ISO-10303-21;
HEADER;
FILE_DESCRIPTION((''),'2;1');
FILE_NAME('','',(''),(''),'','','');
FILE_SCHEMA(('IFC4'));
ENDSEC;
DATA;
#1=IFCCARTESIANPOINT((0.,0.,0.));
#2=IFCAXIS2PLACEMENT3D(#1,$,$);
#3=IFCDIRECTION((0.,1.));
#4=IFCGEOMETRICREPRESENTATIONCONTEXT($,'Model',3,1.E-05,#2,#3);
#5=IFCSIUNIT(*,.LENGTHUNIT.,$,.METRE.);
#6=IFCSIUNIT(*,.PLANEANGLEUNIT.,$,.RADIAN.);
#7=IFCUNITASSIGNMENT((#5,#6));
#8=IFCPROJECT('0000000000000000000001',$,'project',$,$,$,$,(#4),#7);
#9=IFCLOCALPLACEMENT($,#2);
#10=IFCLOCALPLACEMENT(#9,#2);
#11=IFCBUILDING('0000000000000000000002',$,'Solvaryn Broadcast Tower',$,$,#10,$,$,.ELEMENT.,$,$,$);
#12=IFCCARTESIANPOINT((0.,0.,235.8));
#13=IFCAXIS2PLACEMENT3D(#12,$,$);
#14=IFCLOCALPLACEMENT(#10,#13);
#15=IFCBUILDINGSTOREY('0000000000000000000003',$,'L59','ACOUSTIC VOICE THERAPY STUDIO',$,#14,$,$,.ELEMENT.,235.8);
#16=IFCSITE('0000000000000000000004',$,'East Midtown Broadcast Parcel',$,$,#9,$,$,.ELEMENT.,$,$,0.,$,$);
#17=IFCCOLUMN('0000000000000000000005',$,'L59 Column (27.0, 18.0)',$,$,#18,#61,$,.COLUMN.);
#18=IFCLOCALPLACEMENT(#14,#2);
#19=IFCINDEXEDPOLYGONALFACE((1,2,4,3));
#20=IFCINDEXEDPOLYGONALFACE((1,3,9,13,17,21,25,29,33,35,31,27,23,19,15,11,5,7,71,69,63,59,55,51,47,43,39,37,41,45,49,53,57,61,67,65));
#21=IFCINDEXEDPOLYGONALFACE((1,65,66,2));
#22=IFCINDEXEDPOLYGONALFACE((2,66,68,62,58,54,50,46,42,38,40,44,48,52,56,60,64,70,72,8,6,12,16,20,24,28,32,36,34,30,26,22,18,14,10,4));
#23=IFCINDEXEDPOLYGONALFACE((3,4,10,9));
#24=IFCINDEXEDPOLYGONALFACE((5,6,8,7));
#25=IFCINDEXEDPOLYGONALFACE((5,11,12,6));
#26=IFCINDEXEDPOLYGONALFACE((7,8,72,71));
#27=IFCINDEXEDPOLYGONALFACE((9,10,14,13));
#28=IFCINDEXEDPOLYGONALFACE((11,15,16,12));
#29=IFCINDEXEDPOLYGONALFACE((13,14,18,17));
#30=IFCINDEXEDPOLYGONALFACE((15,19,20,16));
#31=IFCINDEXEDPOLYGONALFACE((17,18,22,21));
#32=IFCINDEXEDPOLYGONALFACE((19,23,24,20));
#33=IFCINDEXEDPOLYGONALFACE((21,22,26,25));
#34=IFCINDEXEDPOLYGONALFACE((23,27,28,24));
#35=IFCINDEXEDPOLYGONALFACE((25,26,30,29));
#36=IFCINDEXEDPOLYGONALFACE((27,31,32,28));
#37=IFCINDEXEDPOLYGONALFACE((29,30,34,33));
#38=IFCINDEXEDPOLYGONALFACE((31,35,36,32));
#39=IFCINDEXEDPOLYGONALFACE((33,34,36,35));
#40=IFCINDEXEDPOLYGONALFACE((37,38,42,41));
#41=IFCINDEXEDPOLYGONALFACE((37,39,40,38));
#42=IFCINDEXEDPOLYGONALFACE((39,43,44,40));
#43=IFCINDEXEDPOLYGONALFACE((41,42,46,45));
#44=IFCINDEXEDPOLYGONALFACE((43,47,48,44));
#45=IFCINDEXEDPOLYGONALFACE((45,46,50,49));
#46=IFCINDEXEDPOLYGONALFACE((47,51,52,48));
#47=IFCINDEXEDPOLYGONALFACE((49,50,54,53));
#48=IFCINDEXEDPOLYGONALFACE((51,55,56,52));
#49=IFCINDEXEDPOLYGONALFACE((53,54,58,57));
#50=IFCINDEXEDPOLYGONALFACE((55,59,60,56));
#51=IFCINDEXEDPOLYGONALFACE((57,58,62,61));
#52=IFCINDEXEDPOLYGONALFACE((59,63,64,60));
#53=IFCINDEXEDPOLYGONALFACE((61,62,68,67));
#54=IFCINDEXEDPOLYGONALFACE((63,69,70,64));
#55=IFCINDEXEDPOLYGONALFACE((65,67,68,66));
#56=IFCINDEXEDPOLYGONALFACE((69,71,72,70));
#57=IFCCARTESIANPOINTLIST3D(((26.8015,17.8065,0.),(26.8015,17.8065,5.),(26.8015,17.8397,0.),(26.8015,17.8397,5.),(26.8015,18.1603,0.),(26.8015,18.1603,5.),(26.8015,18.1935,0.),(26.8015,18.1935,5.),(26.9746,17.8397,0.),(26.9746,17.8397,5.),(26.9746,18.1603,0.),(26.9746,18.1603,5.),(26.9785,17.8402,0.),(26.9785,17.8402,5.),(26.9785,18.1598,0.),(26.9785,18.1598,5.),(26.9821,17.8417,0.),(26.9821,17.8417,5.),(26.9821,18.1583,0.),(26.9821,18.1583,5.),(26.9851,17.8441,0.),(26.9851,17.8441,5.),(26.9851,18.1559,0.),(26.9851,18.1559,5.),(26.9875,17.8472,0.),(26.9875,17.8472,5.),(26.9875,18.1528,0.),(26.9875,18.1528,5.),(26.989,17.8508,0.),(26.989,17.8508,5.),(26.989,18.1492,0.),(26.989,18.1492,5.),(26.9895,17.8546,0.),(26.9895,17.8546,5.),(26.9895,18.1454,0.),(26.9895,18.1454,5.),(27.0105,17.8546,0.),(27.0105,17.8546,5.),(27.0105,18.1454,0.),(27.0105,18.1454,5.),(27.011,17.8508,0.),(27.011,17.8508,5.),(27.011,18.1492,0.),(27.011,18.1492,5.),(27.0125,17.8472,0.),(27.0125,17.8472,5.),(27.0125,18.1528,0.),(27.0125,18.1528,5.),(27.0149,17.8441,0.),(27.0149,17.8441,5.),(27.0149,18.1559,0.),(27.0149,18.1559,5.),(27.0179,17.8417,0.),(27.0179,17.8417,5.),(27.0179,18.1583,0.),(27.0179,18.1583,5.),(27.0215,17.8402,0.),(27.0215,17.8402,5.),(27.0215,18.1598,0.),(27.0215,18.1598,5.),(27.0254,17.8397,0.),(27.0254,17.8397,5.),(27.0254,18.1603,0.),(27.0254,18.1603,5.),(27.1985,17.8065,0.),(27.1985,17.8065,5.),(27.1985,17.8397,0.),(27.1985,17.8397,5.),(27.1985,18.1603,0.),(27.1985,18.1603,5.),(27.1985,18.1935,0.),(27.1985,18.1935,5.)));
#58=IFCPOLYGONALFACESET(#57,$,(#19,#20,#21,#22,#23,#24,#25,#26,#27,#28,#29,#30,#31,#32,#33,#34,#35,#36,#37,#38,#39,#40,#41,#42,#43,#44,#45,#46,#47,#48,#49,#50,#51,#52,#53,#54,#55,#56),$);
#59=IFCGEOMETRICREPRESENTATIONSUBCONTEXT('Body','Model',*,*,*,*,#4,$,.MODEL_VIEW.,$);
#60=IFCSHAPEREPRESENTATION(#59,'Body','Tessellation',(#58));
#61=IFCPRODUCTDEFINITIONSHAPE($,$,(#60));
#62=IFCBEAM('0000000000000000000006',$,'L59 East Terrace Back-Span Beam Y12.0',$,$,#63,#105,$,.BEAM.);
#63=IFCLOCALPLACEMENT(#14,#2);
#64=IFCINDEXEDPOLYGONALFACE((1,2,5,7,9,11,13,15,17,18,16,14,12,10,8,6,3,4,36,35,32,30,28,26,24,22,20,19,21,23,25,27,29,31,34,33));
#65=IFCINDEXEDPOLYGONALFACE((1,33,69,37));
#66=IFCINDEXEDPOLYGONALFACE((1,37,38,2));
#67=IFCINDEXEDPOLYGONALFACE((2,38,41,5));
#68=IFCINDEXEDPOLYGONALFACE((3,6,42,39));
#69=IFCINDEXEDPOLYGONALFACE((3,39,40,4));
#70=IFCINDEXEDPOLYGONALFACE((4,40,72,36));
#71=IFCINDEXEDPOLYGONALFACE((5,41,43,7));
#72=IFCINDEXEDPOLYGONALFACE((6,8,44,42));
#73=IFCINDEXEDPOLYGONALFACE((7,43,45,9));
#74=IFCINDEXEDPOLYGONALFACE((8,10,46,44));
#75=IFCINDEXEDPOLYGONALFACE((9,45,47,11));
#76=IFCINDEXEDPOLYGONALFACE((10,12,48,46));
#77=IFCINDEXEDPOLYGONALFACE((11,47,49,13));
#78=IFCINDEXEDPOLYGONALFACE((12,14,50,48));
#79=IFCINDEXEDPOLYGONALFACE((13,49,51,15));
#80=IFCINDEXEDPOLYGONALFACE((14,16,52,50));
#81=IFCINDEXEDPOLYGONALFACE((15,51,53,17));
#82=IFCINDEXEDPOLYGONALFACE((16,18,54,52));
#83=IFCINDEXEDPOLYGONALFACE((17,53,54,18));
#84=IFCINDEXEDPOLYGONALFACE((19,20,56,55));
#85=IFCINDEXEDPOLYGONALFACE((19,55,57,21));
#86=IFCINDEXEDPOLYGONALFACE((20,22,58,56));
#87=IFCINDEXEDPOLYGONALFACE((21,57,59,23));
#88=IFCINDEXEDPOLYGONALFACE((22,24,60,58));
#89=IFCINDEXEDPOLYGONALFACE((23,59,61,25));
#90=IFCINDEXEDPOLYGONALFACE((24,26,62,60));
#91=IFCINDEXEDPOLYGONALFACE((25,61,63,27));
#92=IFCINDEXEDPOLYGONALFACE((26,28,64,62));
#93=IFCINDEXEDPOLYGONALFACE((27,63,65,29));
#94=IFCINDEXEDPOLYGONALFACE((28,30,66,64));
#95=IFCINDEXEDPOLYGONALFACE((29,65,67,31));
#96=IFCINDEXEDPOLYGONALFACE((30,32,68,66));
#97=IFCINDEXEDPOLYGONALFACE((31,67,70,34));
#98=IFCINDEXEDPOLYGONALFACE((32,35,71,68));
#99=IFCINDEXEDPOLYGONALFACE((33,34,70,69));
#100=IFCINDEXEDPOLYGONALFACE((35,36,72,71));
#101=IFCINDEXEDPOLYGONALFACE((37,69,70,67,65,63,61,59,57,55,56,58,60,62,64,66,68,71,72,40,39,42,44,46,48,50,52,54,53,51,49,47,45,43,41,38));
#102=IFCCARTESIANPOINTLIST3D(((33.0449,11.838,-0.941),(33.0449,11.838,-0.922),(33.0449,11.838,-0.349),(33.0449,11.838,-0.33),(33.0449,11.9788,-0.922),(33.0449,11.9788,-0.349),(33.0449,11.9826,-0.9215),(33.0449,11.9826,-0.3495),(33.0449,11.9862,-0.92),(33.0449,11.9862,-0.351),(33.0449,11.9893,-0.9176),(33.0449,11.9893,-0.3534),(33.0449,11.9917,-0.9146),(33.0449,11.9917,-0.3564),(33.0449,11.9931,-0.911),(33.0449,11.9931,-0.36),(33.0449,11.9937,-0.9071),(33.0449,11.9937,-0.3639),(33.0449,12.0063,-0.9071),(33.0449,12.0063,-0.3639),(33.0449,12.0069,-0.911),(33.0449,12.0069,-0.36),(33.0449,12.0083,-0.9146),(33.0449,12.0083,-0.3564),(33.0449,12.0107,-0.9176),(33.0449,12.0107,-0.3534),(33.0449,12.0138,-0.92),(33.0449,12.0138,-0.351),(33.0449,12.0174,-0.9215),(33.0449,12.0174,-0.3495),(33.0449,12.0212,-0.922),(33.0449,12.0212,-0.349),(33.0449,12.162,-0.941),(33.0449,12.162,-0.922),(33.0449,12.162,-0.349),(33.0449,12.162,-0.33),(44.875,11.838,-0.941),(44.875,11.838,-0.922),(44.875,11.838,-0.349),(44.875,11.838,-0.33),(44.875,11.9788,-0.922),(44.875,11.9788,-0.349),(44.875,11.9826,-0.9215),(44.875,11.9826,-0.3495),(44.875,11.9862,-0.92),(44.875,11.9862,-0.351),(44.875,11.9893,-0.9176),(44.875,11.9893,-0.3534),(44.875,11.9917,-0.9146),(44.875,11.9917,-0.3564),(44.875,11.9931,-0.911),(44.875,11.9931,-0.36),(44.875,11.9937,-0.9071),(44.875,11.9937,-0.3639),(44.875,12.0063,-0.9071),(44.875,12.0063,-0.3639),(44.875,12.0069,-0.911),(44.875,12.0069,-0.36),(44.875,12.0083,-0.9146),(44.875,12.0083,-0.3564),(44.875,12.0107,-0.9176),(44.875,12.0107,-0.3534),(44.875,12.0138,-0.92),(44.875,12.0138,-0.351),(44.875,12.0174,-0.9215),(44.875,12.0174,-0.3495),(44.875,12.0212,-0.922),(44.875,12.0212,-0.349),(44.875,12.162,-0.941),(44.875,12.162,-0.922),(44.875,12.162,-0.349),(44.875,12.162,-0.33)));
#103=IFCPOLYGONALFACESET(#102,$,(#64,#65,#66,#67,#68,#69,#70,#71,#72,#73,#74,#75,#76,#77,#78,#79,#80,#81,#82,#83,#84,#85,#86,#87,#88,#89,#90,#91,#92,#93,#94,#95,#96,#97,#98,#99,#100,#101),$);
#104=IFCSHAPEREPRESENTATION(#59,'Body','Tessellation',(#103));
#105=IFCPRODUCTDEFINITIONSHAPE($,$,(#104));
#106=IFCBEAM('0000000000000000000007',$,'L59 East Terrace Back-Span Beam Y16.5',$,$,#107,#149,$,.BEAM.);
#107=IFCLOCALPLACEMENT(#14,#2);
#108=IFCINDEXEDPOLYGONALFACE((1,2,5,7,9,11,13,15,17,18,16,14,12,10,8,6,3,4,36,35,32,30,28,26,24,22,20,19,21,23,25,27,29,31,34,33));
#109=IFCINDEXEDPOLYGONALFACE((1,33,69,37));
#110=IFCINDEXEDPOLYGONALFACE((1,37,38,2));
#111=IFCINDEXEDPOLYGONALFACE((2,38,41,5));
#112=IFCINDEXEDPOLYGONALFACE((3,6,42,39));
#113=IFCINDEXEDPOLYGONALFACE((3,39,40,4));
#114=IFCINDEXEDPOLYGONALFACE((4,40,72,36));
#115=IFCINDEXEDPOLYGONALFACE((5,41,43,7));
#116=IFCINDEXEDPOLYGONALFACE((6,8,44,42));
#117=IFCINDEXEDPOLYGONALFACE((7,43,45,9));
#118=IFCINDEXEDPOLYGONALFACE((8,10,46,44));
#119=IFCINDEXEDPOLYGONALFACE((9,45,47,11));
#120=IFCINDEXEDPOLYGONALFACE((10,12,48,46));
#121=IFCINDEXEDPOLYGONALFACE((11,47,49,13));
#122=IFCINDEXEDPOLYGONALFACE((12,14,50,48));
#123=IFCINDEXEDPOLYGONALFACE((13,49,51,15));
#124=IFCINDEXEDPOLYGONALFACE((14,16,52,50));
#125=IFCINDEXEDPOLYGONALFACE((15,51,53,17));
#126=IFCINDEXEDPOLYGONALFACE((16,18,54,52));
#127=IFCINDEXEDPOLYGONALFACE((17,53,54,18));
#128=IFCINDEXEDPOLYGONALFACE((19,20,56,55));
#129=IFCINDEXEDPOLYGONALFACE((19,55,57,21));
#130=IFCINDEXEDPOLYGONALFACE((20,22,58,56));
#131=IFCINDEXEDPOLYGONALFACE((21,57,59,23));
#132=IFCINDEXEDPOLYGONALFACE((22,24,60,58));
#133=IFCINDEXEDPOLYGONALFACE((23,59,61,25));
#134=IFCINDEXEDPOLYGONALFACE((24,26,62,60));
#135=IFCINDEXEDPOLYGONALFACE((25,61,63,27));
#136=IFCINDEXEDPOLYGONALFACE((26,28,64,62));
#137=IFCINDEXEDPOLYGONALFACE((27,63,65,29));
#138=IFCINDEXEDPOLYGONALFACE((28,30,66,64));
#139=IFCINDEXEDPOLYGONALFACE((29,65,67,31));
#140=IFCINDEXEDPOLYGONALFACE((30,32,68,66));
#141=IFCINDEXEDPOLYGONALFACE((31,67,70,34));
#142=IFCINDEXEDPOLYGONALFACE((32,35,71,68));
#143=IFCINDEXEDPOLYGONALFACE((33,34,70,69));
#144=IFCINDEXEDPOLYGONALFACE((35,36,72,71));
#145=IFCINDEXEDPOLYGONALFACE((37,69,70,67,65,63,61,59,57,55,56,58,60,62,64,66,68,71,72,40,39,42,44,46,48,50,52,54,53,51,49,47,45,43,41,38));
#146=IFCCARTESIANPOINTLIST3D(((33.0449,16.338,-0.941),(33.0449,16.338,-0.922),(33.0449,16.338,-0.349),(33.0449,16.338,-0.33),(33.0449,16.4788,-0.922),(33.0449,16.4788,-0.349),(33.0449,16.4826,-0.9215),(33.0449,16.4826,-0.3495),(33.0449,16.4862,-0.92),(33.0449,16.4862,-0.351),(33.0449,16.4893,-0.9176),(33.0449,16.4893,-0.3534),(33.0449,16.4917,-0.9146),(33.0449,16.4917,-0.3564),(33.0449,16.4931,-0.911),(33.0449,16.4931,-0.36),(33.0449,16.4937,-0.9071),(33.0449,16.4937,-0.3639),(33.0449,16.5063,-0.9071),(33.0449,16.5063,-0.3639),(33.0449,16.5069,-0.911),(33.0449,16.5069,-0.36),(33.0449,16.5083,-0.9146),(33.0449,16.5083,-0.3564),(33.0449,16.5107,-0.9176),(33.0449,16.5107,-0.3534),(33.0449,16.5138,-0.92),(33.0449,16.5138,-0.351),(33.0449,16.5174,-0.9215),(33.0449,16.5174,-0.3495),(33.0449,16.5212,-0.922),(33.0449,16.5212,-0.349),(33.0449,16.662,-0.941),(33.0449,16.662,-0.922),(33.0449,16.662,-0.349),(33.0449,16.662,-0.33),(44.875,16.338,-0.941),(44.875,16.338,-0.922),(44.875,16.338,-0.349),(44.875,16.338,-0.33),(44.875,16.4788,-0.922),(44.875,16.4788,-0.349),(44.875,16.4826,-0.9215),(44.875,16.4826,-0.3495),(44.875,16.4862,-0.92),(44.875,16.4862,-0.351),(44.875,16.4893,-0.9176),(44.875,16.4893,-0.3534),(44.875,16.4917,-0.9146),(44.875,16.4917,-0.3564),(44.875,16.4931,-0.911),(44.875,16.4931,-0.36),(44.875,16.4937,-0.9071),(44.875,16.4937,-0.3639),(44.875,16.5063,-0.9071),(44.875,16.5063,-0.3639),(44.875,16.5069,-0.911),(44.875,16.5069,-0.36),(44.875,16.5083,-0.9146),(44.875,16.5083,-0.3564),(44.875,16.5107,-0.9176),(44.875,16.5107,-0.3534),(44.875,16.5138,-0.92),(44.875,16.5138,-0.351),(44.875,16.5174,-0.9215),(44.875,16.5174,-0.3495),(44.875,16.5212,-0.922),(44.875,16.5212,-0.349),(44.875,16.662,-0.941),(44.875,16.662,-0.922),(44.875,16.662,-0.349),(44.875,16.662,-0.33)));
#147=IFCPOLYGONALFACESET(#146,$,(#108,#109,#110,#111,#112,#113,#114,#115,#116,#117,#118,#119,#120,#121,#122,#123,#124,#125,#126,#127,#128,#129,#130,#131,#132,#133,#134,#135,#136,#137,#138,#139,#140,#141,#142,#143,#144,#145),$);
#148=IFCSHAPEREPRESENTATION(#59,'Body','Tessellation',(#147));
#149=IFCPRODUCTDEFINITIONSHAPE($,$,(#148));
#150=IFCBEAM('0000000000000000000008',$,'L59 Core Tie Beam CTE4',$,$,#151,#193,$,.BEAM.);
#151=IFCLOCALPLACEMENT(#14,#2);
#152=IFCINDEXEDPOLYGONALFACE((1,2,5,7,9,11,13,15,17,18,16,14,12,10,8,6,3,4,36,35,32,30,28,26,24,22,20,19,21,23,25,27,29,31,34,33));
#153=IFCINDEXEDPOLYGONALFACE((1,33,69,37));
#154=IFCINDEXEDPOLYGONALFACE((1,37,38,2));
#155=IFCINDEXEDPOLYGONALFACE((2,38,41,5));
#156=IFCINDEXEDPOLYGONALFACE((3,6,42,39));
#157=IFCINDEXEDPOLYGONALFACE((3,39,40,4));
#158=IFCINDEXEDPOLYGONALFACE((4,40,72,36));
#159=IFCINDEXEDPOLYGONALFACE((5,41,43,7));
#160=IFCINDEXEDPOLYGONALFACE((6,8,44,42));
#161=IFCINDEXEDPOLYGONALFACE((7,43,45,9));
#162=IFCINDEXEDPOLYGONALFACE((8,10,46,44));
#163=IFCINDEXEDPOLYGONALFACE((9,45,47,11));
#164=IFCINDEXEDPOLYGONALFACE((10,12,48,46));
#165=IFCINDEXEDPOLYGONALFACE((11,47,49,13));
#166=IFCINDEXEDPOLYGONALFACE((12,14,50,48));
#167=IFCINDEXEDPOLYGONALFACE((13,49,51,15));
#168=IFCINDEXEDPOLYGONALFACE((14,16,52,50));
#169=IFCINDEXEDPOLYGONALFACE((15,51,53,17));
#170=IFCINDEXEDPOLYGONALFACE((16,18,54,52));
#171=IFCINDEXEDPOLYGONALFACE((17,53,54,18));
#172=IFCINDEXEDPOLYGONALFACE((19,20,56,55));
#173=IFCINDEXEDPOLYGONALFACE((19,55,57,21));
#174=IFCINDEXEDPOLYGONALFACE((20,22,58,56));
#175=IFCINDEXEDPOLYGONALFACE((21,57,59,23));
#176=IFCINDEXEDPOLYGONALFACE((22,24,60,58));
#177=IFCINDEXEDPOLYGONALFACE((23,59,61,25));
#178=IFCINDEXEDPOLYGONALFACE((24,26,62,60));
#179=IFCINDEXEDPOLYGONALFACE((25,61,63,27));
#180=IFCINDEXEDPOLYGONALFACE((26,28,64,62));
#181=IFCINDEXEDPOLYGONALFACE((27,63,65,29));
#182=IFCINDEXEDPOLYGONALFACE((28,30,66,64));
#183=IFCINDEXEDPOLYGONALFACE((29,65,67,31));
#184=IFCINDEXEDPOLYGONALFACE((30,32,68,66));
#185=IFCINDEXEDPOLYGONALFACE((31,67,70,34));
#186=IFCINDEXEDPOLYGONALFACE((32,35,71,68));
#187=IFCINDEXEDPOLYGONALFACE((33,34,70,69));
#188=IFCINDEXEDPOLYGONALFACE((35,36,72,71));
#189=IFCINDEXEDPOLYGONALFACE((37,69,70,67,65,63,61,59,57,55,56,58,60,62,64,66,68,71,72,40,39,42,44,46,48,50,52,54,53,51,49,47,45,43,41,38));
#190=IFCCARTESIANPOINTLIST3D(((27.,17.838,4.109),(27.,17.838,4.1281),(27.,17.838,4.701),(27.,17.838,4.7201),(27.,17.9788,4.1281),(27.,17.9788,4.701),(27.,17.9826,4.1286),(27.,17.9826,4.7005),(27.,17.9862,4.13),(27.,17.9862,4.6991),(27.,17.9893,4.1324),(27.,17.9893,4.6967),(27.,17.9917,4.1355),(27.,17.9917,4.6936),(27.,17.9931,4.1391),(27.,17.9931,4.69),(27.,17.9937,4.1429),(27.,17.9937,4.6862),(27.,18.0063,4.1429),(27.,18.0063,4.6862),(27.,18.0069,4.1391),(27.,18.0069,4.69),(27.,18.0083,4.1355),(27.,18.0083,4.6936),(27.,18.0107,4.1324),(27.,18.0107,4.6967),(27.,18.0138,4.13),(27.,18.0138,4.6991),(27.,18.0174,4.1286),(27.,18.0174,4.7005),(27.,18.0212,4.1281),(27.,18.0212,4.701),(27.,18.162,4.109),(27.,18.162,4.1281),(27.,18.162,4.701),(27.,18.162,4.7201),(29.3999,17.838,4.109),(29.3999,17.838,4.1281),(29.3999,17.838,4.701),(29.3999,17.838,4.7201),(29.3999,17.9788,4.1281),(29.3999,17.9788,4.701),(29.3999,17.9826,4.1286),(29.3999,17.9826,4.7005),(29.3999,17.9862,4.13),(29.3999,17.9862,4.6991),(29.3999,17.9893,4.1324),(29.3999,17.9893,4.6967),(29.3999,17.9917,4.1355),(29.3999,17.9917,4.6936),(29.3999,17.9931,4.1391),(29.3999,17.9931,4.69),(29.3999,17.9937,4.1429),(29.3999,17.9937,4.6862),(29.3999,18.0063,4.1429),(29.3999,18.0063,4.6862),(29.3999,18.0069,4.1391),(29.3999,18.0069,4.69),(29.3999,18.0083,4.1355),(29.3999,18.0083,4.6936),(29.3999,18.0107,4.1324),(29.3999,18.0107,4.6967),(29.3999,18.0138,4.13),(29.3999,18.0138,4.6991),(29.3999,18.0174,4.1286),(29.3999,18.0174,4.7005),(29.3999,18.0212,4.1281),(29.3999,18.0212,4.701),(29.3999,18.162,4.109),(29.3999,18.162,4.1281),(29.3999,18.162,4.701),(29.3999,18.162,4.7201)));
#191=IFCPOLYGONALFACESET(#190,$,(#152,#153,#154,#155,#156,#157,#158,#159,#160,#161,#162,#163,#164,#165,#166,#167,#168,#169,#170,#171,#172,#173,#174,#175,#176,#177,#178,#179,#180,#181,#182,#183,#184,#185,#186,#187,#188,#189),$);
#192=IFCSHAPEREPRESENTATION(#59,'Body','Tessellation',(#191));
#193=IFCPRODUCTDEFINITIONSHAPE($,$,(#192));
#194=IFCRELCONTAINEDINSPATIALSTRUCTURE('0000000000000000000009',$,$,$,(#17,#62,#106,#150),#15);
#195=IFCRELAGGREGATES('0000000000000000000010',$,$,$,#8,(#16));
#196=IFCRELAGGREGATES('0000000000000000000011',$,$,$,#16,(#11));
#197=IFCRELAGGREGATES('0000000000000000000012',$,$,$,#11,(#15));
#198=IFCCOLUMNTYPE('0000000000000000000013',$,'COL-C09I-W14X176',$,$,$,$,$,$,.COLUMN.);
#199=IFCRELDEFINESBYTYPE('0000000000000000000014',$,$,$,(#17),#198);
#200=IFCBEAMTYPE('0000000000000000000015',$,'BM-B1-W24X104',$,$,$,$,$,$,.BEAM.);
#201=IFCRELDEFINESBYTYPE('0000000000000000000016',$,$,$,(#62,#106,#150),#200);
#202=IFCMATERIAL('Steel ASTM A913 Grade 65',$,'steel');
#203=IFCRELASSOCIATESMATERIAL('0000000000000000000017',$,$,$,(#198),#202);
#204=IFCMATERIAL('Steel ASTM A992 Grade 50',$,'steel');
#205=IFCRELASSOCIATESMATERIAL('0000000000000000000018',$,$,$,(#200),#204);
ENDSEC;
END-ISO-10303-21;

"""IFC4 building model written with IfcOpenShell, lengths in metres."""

from ifc_helpers import new_model, si_unit, direction, frame, origin, origin_2d, place, context, subcontext, project, spatial, i_section, extrude, material, material_profile, profile_set, type_object, element, save


model = new_model("IFC4")

# Units and contexts
model_context = context("Model", 3, precision=1e-05, world=origin(), true_north=direction((0.0, 1.0)))
body_context = subcontext(model_context, "Body", "Model", "MODEL_VIEW")
ifc_project = project(units=[si_unit("LENGTHUNIT", "METRE"), si_unit("PLANEANGLEUNIT", "RADIAN")], contexts=[model_context])

# Site, building, storey
site_placement = place(None, origin())
site = spatial("IfcSite", under=ifc_project, at=site_placement, Name="East Midtown Broadcast Parcel", CompositionType="ELEMENT", RefElevation=0.0)
building_placement = place(site_placement, origin())
building = spatial("IfcBuilding", under=site, at=building_placement, Name="Solvaryn Broadcast Tower", CompositionType="ELEMENT")
storey_placement = place(building_placement, frame((0.0, 0.0, 235.8)))
storey = spatial("IfcBuildingStorey", under=building, at=storey_placement, Name="L59", Description="ACOUSTIC VOICE THERAPY STUDIO", CompositionType="ELEMENT", Elevation=235.8)

# Column
ifc_material_1 = material(Name="Steel ASTM A913 Grade 65", Category="steel")
ifc_material_profile_1 = material_profile(ifc_material_1, i_section(OverallWidth=0.397, OverallDepth=0.387, WebThickness=0.021, FlangeThickness=0.0332, FilletRadius=0.0149, at=origin_2d()))
ifc_profile_set_1 = profile_set([ifc_material_profile_1], Name="Steel ASTM A913 Grade 65")
column_type = type_object("IfcColumnType", Name="COL-C09I-W14X176", PredefinedType="COLUMN", material=ifc_profile_set_1)
column_placement = place(storey_placement, frame((27.0, 18.0, 0.0), z_axis=(0.0, 0.0, 1.0), x_axis=(1.0, 0.0, 0.0)))
element("IfcColumn", 1, at=column_placement, inside=storey, type_object=column_type, Name="L59 Column (27.0, 18.0)", PredefinedType="COLUMN", context=body_context, shape_type="SweptSolid", body=[
    extrude(i_section(OverallWidth=0.397, OverallDepth=0.387, WebThickness=0.021, FlangeThickness=0.0332, FilletRadius=0.0149, at=origin_2d()), origin(), (0.0, 0.0, 1.0), 5.0),
])

# Beams
ifc_material_2 = material(Name="Steel ASTM A992 Grade 50", Category="steel")
ifc_material_profile_2 = material_profile(ifc_material_2, i_section(OverallWidth=0.324, OverallDepth=0.6111, WebThickness=0.0127, FlangeThickness=0.019, FilletRadius=0.0149, at=origin_2d()))
ifc_profile_set_2 = profile_set([ifc_material_profile_2], Name="Steel ASTM A992 Grade 50")
beam_type_1 = type_object("IfcBeamType", Name="BM-B1-W24X104", PredefinedType="BEAM", material=ifc_profile_set_2)
for number, where, z_axis, x_axis, name in (
    (2, (33.0449, 12.0, -0.6355), (1.0, 0.0, 0.0), (0.0, 1.0, 0.0), "L59 East Terrace Back-Span Beam Y12.0"),
    (3, (33.0449, 16.5, -0.6355), (1.0, 0.0, 0.0), (0.0, 1.0, 0.0), "L59 East Terrace Back-Span Beam Y16.5"),
):
    element("IfcBeam", number, at=place(storey_placement, frame(where, z_axis=z_axis, x_axis=x_axis)), inside=storey, type_object=beam_type_1, Name=name, PredefinedType="BEAM", context=body_context, shape_type="SweptSolid", body=[
        extrude(i_section(OverallWidth=0.324, OverallDepth=0.6111, WebThickness=0.0127, FlangeThickness=0.019, FilletRadius=0.0149, at=origin_2d()), origin(), (0.0, 0.0, 1.0), 11.8301),
    ])
beam_1_placement = place(storey_placement, frame((27.0, 18.0, 4.4146), z_axis=(1.0, 0.0, 0.0), x_axis=(0.0, 1.0, 0.0)))
element("IfcBeam", 4, at=beam_1_placement, inside=storey, type_object=beam_type_1, Name="L59 Core Tie Beam CTE4", PredefinedType="BEAM", context=body_context, shape_type="SweptSolid", body=[
    extrude(i_section(OverallWidth=0.324, OverallDepth=0.6111, WebThickness=0.0127, FlangeThickness=0.019, FilletRadius=0.0149, at=origin_2d()), origin(), (0.0, 0.0, 1.0), 2.3999),
])

save(model, "model.ifc")
